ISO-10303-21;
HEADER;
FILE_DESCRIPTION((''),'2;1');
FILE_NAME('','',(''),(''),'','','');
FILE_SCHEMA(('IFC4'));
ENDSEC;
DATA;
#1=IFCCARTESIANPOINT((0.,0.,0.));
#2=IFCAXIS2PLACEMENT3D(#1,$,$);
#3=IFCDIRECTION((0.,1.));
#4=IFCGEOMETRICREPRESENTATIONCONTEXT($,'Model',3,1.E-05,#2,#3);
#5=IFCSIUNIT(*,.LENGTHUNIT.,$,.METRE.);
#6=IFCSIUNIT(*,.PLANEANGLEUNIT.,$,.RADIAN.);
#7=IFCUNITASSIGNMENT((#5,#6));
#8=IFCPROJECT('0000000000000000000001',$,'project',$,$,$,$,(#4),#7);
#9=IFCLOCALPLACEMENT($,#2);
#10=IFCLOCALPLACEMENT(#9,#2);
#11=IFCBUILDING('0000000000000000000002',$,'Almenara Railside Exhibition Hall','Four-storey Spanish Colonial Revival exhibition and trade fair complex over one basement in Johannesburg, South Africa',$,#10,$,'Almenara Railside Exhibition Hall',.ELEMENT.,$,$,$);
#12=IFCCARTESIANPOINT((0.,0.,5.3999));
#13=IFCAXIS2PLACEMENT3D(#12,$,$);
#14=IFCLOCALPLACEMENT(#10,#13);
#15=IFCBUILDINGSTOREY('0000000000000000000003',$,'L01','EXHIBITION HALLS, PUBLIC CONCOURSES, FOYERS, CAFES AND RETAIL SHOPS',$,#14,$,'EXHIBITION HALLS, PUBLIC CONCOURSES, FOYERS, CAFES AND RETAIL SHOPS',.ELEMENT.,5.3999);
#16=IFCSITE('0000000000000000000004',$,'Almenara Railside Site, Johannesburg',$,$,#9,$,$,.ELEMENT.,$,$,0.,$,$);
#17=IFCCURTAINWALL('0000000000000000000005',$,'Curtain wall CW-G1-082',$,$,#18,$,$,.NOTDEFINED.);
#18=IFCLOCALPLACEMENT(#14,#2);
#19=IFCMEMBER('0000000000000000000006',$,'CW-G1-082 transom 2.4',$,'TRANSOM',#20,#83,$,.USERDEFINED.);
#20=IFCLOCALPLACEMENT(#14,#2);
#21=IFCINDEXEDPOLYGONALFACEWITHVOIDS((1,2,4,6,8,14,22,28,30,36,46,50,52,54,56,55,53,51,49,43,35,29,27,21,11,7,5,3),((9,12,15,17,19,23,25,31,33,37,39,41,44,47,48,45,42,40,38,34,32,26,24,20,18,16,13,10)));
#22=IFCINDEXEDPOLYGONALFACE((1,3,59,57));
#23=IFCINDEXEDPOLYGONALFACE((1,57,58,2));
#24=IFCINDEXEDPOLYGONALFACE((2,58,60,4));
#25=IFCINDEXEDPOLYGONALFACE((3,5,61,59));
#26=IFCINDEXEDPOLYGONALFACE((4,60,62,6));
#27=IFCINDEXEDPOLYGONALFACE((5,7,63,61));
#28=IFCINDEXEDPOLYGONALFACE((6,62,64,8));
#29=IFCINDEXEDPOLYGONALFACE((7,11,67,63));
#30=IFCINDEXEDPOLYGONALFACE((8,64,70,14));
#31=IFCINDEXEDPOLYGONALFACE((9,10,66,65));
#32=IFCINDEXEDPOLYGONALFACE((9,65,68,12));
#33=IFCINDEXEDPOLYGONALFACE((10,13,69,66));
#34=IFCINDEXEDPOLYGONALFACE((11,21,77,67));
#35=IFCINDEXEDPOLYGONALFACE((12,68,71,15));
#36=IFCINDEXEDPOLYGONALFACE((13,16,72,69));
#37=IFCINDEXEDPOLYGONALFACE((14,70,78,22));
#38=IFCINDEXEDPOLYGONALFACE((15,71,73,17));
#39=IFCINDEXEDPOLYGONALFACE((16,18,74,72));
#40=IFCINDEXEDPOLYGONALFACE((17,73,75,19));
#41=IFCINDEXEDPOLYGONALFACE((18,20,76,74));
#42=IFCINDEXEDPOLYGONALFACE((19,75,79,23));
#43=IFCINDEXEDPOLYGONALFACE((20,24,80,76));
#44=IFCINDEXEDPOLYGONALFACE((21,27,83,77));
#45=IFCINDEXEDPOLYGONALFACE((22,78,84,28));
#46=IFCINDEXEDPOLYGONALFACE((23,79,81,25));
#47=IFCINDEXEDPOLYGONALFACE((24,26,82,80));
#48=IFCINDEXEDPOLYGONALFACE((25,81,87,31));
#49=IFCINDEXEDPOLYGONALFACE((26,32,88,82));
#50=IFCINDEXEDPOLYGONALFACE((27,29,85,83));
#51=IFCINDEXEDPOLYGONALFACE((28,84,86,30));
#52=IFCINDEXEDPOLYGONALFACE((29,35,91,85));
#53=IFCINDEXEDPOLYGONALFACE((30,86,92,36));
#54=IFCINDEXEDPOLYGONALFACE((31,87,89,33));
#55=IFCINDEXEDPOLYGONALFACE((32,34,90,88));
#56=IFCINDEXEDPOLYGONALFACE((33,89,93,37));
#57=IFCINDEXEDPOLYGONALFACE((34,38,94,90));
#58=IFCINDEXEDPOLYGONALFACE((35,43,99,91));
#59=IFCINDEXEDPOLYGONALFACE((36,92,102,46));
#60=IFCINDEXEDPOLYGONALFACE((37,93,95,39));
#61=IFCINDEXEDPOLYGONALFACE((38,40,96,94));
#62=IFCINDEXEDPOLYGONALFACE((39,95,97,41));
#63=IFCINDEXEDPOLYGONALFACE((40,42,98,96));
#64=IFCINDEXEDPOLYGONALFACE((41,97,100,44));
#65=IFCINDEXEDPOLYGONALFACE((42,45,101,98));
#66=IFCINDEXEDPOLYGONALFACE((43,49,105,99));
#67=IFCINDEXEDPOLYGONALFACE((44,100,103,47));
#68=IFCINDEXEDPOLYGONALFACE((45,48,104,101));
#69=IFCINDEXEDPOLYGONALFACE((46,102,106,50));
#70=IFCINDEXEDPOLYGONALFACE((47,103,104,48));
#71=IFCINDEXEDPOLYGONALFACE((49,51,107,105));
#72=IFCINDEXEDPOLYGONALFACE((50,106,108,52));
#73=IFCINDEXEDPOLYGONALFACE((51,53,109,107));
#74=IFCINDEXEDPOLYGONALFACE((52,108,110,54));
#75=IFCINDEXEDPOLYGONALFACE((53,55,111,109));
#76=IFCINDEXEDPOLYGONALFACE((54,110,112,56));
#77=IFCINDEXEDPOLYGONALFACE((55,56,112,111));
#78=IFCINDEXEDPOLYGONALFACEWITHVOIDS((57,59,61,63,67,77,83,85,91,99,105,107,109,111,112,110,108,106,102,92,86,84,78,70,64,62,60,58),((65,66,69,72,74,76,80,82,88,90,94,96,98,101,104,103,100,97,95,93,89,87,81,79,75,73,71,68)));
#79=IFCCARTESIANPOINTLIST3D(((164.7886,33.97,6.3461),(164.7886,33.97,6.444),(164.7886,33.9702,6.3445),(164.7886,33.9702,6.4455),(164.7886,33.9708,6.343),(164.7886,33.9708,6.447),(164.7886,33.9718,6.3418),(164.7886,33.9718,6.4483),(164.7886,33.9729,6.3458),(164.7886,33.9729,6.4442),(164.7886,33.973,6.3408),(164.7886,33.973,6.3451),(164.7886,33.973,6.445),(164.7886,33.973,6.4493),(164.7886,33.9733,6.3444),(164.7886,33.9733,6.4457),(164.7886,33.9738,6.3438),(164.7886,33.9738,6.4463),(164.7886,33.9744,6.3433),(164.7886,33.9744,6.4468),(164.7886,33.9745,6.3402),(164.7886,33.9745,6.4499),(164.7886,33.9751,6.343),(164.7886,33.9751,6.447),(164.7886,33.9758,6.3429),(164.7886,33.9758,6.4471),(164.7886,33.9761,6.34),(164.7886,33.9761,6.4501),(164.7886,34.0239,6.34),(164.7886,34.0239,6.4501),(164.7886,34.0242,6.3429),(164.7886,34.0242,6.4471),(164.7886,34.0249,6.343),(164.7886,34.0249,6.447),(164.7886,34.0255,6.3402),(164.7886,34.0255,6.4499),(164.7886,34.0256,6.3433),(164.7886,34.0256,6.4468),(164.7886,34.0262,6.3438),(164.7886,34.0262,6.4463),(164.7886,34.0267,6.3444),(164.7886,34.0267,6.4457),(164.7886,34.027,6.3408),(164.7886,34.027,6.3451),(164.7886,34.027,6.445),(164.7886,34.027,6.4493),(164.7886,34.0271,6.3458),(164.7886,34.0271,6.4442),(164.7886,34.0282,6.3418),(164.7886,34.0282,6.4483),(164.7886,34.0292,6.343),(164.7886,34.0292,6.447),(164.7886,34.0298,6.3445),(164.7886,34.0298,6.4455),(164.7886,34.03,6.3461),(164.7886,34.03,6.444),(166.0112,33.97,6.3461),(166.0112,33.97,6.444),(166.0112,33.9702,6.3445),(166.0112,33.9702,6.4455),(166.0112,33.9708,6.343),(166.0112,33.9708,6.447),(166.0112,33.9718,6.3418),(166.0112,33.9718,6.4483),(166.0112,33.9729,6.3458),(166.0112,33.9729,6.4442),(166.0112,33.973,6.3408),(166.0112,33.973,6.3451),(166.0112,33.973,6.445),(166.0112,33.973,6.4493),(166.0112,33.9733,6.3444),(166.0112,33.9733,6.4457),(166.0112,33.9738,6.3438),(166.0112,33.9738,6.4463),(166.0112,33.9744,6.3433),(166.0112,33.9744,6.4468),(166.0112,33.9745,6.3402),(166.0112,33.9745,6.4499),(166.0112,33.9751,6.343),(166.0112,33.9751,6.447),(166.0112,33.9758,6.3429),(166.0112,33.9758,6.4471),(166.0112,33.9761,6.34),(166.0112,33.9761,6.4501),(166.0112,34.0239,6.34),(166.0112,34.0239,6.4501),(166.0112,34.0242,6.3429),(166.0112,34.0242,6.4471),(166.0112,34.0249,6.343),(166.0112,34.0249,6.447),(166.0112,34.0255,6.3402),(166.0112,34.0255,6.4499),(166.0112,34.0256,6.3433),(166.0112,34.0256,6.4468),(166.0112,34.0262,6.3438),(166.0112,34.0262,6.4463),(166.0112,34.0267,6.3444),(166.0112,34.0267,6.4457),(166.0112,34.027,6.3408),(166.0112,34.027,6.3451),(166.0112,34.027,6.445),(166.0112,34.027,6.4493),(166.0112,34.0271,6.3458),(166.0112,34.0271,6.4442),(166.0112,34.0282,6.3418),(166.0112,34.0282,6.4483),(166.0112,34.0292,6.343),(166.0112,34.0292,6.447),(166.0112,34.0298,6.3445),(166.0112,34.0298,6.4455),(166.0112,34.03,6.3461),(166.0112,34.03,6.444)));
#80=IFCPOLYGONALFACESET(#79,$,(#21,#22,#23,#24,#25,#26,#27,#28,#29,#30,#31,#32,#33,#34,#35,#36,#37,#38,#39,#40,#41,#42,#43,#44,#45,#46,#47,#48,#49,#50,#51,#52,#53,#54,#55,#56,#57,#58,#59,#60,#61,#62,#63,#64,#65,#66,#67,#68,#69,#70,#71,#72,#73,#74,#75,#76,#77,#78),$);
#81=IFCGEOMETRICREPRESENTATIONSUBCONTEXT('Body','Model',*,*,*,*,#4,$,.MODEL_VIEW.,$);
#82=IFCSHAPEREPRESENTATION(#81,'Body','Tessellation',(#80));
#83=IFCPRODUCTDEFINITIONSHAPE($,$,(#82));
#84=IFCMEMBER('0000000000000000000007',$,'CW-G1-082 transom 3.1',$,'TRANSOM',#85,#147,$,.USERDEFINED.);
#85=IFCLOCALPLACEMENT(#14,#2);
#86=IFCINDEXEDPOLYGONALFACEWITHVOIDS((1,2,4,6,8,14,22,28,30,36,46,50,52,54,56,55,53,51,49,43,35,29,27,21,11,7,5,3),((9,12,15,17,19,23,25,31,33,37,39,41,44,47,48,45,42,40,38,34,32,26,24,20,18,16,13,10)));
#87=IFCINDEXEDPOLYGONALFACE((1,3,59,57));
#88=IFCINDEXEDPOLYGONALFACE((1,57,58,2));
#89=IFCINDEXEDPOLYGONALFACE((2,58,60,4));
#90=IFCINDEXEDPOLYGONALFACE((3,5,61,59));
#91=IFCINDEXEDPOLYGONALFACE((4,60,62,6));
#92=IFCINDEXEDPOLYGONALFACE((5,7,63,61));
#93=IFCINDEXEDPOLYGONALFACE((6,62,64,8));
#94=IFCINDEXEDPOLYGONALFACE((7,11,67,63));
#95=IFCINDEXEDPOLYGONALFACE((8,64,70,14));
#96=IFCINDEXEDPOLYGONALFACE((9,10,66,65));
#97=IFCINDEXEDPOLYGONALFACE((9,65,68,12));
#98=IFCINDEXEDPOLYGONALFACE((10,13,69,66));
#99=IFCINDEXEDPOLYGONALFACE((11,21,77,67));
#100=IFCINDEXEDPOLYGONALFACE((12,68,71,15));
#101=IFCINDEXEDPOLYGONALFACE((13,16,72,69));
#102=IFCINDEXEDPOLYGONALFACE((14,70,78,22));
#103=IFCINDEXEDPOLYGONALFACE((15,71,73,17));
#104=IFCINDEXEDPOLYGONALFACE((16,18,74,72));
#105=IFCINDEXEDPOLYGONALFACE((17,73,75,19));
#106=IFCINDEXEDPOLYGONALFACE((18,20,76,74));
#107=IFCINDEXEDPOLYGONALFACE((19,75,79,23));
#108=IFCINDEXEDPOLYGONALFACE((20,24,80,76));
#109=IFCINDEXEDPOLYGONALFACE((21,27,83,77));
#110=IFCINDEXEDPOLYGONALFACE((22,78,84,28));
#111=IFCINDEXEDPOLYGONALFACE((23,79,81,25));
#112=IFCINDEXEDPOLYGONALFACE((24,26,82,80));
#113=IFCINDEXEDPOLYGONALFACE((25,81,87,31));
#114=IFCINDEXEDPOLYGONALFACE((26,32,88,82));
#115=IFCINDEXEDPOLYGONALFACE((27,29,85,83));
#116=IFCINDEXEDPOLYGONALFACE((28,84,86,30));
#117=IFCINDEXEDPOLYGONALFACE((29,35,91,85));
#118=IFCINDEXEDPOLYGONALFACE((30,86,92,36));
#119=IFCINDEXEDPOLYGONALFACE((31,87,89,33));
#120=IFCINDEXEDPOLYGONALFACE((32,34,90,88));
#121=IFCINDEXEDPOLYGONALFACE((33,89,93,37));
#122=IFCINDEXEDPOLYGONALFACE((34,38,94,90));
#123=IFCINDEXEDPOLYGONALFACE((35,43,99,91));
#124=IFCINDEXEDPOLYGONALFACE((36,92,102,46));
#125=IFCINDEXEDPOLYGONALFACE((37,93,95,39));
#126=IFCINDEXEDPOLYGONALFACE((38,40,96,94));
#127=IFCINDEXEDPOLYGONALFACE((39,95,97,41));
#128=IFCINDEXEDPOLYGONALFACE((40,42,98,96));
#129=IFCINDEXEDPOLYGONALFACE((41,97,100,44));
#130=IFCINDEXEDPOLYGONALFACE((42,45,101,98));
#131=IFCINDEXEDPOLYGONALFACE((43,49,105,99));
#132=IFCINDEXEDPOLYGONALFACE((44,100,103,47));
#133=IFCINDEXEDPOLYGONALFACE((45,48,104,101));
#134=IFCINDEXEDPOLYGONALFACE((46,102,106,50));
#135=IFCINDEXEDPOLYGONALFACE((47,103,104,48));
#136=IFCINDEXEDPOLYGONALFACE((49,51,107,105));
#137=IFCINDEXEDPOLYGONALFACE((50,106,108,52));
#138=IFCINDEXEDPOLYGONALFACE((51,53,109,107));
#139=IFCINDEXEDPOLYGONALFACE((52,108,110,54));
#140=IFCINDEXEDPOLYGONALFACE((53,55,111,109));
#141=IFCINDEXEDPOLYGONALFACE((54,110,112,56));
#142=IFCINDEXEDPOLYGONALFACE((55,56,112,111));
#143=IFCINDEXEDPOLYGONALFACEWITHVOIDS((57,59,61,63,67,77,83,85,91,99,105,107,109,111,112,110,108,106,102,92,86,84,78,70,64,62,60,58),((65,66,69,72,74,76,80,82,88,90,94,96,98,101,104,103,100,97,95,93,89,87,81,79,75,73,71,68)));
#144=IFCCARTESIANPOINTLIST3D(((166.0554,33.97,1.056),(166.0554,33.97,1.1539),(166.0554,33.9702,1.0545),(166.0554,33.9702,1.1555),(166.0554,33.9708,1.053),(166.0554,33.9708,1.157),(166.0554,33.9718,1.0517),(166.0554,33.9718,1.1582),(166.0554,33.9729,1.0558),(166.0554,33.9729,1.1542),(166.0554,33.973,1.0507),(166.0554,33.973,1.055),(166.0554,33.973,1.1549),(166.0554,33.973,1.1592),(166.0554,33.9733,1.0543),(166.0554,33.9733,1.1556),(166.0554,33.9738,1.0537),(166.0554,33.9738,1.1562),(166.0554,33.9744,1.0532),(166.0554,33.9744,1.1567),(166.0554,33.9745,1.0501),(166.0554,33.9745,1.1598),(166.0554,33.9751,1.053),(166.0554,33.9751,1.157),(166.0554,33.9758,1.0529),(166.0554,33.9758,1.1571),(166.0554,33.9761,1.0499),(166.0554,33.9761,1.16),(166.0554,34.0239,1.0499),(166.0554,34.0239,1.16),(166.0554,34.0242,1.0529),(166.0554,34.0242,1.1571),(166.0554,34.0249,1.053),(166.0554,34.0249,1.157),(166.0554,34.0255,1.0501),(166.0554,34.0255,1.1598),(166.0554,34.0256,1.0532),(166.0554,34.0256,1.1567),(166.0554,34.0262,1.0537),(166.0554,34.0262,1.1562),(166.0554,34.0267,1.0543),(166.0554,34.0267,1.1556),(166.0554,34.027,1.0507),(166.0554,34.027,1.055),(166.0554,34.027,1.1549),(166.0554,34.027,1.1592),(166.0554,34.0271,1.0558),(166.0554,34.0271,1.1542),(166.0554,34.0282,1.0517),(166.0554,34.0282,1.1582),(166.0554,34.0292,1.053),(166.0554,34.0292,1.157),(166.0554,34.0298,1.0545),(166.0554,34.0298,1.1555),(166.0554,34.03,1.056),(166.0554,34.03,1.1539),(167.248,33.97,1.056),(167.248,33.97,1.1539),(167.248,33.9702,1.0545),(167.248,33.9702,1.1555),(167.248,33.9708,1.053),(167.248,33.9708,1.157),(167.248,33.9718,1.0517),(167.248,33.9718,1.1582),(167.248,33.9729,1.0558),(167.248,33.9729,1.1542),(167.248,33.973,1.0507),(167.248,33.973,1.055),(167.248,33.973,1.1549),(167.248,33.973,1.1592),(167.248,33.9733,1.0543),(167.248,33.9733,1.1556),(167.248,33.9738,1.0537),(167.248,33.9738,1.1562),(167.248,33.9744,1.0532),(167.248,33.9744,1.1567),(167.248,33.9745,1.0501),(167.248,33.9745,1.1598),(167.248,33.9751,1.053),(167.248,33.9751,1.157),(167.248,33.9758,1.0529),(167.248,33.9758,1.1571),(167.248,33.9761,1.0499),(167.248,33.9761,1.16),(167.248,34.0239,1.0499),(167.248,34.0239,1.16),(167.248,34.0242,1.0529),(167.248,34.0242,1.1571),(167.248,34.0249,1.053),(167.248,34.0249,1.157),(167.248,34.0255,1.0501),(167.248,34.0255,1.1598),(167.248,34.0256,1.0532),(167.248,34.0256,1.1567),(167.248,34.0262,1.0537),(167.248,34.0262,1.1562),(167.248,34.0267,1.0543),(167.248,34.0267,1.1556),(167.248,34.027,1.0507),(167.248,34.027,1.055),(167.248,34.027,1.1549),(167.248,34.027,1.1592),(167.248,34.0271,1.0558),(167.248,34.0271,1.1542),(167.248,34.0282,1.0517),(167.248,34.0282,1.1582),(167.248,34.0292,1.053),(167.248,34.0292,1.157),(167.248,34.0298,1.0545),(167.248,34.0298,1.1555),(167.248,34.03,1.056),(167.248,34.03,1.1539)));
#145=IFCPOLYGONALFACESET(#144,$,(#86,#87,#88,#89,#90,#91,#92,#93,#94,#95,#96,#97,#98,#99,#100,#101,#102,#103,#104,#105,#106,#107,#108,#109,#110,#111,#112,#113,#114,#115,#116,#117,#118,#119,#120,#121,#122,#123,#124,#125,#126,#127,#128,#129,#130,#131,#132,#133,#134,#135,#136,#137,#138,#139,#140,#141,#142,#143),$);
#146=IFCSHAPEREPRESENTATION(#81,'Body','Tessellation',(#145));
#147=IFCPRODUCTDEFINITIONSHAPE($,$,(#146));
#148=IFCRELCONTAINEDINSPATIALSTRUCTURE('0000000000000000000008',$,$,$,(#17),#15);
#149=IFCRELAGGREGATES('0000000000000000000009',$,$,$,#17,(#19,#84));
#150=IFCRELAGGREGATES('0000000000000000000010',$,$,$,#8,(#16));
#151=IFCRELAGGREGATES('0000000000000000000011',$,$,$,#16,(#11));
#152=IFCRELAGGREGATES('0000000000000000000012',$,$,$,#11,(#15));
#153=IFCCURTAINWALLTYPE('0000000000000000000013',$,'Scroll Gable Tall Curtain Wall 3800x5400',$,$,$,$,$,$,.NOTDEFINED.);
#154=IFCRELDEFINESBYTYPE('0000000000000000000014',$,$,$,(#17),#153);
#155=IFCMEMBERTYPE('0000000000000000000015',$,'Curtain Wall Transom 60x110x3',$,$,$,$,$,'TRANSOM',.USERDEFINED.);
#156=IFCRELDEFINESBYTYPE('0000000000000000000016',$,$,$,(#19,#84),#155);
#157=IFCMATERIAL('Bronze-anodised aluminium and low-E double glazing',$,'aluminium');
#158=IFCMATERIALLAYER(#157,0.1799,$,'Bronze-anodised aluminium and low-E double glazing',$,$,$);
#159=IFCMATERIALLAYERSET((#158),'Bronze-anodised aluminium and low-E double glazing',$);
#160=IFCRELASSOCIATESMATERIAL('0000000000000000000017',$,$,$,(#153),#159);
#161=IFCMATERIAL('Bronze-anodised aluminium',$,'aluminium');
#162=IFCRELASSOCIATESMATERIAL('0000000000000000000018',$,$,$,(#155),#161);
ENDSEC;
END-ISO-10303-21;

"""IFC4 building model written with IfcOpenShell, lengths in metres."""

from ifc_helpers import new_model, si_unit, direction, frame, origin, origin_2d, place, context, subcontext, project, spatial, hollow_rectangle, extrude, material, layer, layer_set, material_profile, profile_set, type_object, element, aggregate, save


model = new_model("IFC4")

# Units and contexts
model_context = context("Model", 3, precision=1e-05, world=origin(), true_north=direction((0.0, 1.0)))
body_context = subcontext(model_context, "Body", "Model", "MODEL_VIEW")
ifc_project = project(units=[si_unit("LENGTHUNIT", "METRE"), si_unit("PLANEANGLEUNIT", "RADIAN")], contexts=[model_context])

# Site, building, storey
site_placement = place(None, origin())
site = spatial("IfcSite", under=ifc_project, at=site_placement, Name="Almenara Railside Site, Johannesburg", CompositionType="ELEMENT", RefElevation=0.0)
building_placement = place(site_placement, origin())
building = spatial("IfcBuilding", under=site, at=building_placement, Name="Almenara Railside Exhibition Hall", Description="Four-storey Spanish Colonial Revival exhibition and trade fair complex over one basement in Johannesburg, South Africa", LongName="Almenara Railside Exhibition Hall", CompositionType="ELEMENT")
storey_placement = place(building_placement, frame((0.0, 0.0, 5.3999)))
storey = spatial("IfcBuildingStorey", under=building, at=storey_placement, Name="L01", Description="EXHIBITION HALLS, PUBLIC CONCOURSES, FOYERS, CAFES AND RETAIL SHOPS", LongName="EXHIBITION HALLS, PUBLIC CONCOURSES, FOYERS, CAFES AND RETAIL SHOPS", CompositionType="ELEMENT", Elevation=5.3999)

# Shared definitions
ifc_material_1 = material(Name="Bronze-anodised aluminium and low-E double glazing", Category="aluminium")
ifc_layer_1 = layer(ifc_material_1, 0.1799, Name="Bronze-anodised aluminium and low-E double glazing")
ifc_layer_set_1 = layer_set([ifc_layer_1], Name="Bronze-anodised aluminium and low-E double glazing")
curtain_wall_type = type_object("IfcCurtainWallType", Name="Scroll Gable Tall Curtain Wall 3800x5400", PredefinedType="NOTDEFINED", material=ifc_layer_set_1)
ifc_material_2 = material(Name="Bronze-anodised aluminium", Category="aluminium")

# Curtain wall, members
curtain_wall_1_placement = place(storey_placement, origin())
curtain_wall_1 = element("IfcCurtainWall", 1, at=curtain_wall_1_placement, inside=storey, type_object=curtain_wall_type, Name="Curtain wall CW-G1-082", PredefinedType="NOTDEFINED")
ifc_material_profile_1 = material_profile(ifc_material_2, hollow_rectangle(XDim=0.0601, YDim=0.1101, WallThickness=0.0029, InnerFilletRadius=0.0029, OuterFilletRadius=0.0061, at=origin_2d()), Name="ALU-TRN 60x110x3")
ifc_profile_set_1 = profile_set([ifc_material_profile_1], Name="Bronze-anodised aluminium")
member_type_1 = type_object("IfcMemberType", Name="Curtain Wall Transom 60x110x3", ElementType="TRANSOM", PredefinedType="USERDEFINED", material=ifc_profile_set_1)
member_1_placement = place(storey_placement, frame((164.7886, 34.0, 6.395), z_axis=(1.0, 0.0, 0.0), x_axis=(0.0, 1.0, 0.0)))
member_1 = element("IfcMember", 2, at=member_1_placement, type_object=member_type_1, Name="CW-G1-082 transom 2.4", ObjectType="TRANSOM", PredefinedType="USERDEFINED", context=body_context, shape_type="SweptSolid", body=[
    extrude(hollow_rectangle(XDim=0.0601, YDim=0.1101, WallThickness=0.0029, InnerFilletRadius=0.0029, OuterFilletRadius=0.0061, at=origin_2d()), origin(), (0.0, 0.0, 1.0), 1.2227),
])
member_2_placement = place(storey_placement, frame((166.0554, 34.0, 1.105), z_axis=(1.0, 0.0, 0.0), x_axis=(0.0, 1.0, 0.0)))
member_2 = element("IfcMember", 3, at=member_2_placement, type_object=member_type_1, Name="CW-G1-082 transom 3.1", ObjectType="TRANSOM", PredefinedType="USERDEFINED", context=body_context, shape_type="SweptSolid", body=[
    extrude(hollow_rectangle(XDim=0.0601, YDim=0.1101, WallThickness=0.0029, InnerFilletRadius=0.0029, OuterFilletRadius=0.0061, at=origin_2d()), origin(), (0.0, 0.0, 1.0), 1.1926),
])
aggregate(curtain_wall_1, [member_1, member_2])

save(model, "model.ifc")
